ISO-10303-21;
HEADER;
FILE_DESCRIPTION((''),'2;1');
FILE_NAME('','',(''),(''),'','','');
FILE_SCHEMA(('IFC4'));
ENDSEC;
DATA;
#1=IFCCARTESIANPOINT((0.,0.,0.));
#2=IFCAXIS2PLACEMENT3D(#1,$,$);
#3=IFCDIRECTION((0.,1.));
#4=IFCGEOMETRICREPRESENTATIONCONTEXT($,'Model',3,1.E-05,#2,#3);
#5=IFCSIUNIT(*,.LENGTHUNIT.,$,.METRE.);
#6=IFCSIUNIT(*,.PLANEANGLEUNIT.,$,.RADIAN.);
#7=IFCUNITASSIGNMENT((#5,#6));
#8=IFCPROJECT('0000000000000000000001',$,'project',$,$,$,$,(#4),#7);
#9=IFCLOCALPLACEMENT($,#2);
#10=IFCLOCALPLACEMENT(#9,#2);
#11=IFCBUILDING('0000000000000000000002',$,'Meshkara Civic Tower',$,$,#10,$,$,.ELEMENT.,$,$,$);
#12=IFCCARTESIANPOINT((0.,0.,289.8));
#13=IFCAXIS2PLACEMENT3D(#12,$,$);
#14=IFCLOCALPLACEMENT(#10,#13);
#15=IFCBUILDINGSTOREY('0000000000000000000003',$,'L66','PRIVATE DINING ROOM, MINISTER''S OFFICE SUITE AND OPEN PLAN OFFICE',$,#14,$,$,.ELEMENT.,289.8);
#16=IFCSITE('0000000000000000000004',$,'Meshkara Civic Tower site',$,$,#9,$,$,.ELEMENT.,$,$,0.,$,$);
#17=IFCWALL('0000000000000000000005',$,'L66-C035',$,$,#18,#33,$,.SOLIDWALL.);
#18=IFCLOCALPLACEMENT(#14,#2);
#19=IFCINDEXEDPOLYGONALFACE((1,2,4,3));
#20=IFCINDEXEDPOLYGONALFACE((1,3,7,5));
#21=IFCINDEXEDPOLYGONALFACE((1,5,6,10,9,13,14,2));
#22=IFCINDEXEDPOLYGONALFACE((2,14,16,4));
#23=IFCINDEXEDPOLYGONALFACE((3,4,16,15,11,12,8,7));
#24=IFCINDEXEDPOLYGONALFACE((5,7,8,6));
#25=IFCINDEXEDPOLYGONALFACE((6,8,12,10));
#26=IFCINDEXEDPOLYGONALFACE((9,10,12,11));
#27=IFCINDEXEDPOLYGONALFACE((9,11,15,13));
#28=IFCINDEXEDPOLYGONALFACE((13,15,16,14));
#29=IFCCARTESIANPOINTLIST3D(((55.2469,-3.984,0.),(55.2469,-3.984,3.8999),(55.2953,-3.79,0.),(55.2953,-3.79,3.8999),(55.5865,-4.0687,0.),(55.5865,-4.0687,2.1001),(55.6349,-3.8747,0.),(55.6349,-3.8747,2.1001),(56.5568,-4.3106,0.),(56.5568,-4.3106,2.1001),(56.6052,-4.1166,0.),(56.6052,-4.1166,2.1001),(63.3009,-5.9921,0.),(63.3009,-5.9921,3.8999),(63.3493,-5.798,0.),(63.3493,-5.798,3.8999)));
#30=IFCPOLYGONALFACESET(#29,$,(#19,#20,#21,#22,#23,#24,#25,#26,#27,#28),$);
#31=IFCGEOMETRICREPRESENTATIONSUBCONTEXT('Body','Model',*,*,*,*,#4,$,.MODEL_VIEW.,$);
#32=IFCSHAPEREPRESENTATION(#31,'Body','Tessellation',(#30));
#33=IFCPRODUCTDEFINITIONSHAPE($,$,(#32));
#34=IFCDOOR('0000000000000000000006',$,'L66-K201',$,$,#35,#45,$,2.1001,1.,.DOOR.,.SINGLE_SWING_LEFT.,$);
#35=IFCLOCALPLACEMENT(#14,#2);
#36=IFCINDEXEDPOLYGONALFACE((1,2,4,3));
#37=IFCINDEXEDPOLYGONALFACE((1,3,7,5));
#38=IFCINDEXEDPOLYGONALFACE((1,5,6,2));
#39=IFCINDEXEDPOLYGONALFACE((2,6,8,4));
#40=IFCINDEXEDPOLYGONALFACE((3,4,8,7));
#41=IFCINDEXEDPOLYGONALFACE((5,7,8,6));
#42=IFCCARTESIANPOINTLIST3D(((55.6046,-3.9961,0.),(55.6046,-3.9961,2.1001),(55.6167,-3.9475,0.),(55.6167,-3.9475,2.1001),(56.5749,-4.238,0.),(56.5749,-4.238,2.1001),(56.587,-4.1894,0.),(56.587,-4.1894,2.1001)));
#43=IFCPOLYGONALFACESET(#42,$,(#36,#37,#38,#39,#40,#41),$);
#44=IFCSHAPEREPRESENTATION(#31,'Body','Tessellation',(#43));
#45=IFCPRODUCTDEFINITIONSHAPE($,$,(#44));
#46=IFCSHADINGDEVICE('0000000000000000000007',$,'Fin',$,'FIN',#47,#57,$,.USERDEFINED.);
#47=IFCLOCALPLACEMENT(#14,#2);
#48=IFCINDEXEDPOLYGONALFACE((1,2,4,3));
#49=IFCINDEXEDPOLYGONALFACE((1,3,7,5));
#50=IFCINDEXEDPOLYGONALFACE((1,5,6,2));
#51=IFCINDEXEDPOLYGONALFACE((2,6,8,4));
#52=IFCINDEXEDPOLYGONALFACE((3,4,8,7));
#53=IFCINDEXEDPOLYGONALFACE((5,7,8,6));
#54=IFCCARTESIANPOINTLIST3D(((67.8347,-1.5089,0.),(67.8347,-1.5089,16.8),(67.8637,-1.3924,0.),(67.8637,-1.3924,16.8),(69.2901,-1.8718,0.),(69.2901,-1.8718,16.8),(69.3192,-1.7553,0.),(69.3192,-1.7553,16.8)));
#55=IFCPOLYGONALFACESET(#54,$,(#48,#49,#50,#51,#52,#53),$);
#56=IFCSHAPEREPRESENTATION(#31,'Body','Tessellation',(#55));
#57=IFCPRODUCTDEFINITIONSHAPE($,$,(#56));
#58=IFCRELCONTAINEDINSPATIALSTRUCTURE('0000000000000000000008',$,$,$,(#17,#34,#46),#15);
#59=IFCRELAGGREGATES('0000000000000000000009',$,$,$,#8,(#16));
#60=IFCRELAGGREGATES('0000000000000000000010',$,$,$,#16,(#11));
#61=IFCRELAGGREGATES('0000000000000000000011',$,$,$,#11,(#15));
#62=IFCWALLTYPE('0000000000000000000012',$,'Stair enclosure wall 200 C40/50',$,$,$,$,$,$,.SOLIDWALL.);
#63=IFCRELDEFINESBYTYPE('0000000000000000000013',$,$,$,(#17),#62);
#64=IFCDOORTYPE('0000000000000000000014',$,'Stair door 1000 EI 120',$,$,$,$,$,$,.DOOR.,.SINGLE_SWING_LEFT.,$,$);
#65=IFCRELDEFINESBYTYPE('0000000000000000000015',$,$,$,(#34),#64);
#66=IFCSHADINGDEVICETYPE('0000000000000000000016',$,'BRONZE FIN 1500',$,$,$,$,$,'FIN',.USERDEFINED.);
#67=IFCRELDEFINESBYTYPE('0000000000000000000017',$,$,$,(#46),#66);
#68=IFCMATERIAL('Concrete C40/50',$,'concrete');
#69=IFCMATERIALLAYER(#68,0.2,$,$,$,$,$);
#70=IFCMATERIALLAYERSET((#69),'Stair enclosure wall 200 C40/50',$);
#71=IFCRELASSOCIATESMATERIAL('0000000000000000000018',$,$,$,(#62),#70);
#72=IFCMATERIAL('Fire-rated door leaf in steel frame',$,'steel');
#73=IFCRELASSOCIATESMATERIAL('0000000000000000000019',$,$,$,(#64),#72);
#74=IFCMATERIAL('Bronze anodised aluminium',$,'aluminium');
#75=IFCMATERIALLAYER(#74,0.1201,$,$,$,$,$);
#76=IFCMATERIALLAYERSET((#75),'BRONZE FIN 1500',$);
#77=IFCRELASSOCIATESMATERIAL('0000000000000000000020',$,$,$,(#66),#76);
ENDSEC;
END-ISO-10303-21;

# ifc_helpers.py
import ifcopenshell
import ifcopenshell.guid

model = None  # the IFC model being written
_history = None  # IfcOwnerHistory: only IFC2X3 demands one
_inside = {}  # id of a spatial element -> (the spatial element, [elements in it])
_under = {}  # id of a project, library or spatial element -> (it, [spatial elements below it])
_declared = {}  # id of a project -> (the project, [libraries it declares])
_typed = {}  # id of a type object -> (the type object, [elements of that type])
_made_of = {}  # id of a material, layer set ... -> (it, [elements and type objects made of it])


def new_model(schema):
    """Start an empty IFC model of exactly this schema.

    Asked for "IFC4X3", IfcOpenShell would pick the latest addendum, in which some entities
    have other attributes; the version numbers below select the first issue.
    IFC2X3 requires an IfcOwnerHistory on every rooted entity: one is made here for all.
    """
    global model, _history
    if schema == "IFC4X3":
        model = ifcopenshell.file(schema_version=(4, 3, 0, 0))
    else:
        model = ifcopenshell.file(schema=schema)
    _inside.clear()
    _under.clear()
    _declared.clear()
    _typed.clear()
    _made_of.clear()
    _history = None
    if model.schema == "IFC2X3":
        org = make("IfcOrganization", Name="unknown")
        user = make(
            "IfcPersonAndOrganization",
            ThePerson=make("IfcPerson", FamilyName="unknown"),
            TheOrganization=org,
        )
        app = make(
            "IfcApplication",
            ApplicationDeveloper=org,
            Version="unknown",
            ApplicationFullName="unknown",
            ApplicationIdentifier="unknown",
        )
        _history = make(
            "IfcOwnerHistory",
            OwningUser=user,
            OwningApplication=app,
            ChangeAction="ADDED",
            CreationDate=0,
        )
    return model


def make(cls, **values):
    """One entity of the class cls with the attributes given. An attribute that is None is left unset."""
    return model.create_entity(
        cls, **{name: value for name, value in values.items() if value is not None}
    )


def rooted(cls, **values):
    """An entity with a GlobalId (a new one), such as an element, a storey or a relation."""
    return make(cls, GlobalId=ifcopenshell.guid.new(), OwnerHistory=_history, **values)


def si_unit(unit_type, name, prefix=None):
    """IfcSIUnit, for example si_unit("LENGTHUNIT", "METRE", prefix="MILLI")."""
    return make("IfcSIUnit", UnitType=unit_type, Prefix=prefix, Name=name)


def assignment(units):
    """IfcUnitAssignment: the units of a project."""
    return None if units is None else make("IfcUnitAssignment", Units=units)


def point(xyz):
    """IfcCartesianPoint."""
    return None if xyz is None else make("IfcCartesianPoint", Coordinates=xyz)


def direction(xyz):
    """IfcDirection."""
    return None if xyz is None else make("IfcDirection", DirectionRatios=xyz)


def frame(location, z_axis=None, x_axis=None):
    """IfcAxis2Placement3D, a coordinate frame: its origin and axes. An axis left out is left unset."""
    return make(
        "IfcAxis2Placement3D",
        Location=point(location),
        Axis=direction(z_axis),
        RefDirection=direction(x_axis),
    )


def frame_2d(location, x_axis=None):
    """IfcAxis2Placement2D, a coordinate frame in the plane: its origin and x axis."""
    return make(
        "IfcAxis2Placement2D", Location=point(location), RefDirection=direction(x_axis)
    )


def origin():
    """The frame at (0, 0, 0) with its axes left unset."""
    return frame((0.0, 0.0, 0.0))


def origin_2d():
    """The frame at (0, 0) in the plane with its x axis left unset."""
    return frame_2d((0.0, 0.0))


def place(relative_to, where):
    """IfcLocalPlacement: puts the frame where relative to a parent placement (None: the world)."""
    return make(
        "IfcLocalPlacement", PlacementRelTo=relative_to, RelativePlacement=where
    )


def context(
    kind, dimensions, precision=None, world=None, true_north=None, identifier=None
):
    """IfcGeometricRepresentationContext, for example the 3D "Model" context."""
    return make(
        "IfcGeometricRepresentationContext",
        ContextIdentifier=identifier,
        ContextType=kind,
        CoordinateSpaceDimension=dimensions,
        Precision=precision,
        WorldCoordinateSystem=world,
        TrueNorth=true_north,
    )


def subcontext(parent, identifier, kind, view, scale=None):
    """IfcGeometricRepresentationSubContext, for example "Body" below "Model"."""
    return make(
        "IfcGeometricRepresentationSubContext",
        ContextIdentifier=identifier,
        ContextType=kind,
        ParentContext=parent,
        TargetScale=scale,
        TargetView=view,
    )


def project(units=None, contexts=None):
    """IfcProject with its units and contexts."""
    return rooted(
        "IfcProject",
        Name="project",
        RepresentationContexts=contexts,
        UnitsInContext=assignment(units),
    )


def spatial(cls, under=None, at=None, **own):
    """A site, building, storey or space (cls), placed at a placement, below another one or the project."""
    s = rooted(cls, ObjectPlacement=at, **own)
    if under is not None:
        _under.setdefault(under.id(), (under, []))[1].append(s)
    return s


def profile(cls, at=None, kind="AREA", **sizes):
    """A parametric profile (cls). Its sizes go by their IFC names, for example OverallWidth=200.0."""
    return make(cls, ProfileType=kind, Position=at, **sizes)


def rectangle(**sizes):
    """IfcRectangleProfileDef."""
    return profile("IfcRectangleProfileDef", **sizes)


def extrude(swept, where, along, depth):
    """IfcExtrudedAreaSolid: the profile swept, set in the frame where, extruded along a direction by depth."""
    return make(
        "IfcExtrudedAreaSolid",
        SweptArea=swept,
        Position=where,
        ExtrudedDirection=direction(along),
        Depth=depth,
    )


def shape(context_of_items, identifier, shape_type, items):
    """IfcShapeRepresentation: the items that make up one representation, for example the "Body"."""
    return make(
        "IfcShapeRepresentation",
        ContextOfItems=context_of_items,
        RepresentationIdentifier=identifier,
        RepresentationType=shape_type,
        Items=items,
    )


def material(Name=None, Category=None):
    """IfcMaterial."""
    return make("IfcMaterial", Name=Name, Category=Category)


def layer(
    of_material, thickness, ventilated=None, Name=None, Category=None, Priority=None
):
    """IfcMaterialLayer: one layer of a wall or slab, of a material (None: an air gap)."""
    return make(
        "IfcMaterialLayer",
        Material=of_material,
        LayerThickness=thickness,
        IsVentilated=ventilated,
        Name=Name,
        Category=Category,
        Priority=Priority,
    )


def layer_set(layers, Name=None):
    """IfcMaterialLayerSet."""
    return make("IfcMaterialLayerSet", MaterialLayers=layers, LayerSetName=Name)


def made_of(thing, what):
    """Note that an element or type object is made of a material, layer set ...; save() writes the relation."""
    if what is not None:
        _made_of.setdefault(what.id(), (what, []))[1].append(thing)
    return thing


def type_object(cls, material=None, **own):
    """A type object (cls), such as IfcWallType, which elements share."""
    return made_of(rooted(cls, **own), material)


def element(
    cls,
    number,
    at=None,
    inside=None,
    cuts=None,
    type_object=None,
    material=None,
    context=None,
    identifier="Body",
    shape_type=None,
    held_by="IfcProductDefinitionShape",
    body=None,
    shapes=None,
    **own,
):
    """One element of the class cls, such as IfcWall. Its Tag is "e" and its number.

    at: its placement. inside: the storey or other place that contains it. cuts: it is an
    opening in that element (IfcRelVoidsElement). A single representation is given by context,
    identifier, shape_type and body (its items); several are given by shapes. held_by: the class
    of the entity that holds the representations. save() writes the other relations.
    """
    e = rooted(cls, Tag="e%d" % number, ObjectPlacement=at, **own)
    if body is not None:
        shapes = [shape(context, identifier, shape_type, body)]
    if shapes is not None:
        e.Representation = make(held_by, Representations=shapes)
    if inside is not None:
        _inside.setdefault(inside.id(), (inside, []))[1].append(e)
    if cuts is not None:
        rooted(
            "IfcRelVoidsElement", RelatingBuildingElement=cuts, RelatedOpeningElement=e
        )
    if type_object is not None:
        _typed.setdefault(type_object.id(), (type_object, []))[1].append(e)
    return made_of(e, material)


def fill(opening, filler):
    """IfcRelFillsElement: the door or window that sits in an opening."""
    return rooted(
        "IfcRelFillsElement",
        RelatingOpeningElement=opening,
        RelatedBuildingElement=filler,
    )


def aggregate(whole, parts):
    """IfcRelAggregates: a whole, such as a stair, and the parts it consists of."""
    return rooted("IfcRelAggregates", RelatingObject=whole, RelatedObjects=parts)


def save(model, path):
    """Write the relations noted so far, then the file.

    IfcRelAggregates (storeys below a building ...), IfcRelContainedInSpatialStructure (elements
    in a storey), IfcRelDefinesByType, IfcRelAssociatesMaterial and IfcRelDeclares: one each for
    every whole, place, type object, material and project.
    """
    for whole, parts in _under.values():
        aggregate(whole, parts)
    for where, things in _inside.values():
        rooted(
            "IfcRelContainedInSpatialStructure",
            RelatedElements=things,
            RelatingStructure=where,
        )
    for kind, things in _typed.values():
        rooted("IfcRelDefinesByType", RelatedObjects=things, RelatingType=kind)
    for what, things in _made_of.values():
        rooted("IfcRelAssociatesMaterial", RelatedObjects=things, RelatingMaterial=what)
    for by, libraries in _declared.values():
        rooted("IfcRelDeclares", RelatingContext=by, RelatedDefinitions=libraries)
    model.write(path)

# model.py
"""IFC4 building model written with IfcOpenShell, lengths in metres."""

from ifc_helpers import new_model, si_unit, direction, frame, frame_2d, origin, origin_2d, place, context, subcontext, project, spatial, rectangle, extrude, material, layer, layer_set, type_object, element, fill, save


model = new_model("IFC4")

# Units and contexts
model_context = context("Model", 3, precision=1e-05, world=origin(), true_north=direction((0.0, 1.0)))
body_context = subcontext(model_context, "Body", "Model", "MODEL_VIEW")
ifc_project = project(units=[si_unit("LENGTHUNIT", "METRE"), si_unit("PLANEANGLEUNIT", "RADIAN")], contexts=[model_context])

# Site, building, storey
site_placement = place(None, origin())
site = spatial("IfcSite", under=ifc_project, at=site_placement, Name="Meshkara Civic Tower site", CompositionType="ELEMENT", RefElevation=0.0)
building_placement = place(site_placement, origin())
building = spatial("IfcBuilding", under=site, at=building_placement, Name="Meshkara Civic Tower", CompositionType="ELEMENT")
storey_placement = place(building_placement, frame((0.0, 0.0, 289.8)))
storey = spatial("IfcBuildingStorey", under=building, at=storey_placement, Name="L66", Description="PRIVATE DINING ROOM, MINISTER'S OFFICE SUITE AND OPEN PLAN OFFICE", CompositionType="ELEMENT", Elevation=289.8)

# Wall, opening, door
ifc_material_1 = material(Name="Concrete C40/50", Category="concrete")
ifc_layer_1 = layer(ifc_material_1, 0.2)
ifc_layer_set_1 = layer_set([ifc_layer_1], Name="Stair enclosure wall 200 C40/50")
wall_type_1 = type_object("IfcWallType", Name="Stair enclosure wall 200 C40/50", PredefinedType="SOLIDWALL", material=ifc_layer_set_1)
wall_1_placement = place(storey_placement, frame((55.271, -3.887, 0.0), z_axis=(0.0, 0.0, 1.0), x_axis=(0.970296, -0.24192, 0.0)))
wall_1 = element("IfcWall", 1, at=wall_1_placement, inside=storey, type_object=wall_type_1, Name="L66-C035", PredefinedType="SOLIDWALL", context=body_context, shape_type="SweptSolid", body=[
    extrude(rectangle(XDim=8.3005, YDim=0.2, at=frame_2d((4.1504, 0.0))), origin(), (0.0, 0.0, 1.0), 3.8999),
])
opening_1_placement = place(wall_1_placement, frame((0.3501, 0.0, 0.0)))
opening_1 = element("IfcOpeningElement", 2, at=opening_1_placement, cuts=wall_1, PredefinedType="OPENING", context=body_context, shape_type="SweptSolid", body=[
    extrude(rectangle(XDim=1.0, YDim=2.1001, at=frame_2d((0.5, 1.05))), frame((0.0, 0.1099, 0.0), z_axis=(0.0, -1.0, 0.0), x_axis=(1.0, 0.0, 0.0)), (0.0, 0.0, 1.0), 0.22),
])
ifc_material_2 = material(Name="Fire-rated door leaf in steel frame", Category="steel")
door_type_1 = type_object("IfcDoorType", Name="Stair door 1000 EI 120", OperationType="SINGLE_SWING_LEFT", PredefinedType="DOOR", material=ifc_material_2)
door_1_placement = place(opening_1_placement, origin())
door_1 = element("IfcDoor", 3, at=door_1_placement, inside=storey, type_object=door_type_1, Name="L66-K201", OperationType="SINGLE_SWING_LEFT", OverallHeight=2.1001, OverallWidth=1.0, PredefinedType="DOOR", context=body_context, shape_type="SweptSolid", body=[
    extrude(rectangle(XDim=1.0, YDim=2.1001, at=frame_2d((0.5, 1.05))), frame((0.0, 0.0249, 0.0), z_axis=(0.0, -1.0, 0.0), x_axis=(1.0, 0.0, 0.0)), (0.0, 0.0, 1.0), 0.05),
])
fill(opening_1, door_1)

# Shading device
ifc_material_3 = material(Name="Bronze anodised aluminium", Category="aluminium")
ifc_layer_2 = layer(ifc_material_3, 0.1201)
ifc_layer_set_2 = layer_set([ifc_layer_2], Name="BRONZE FIN 1500")
shading_device_type = type_object("IfcShadingDeviceType", Name="BRONZE FIN 1500", ElementType="FIN", PredefinedType="USERDEFINED", material=ifc_layer_set_2)
shading_device_placement = place(storey_placement, frame((68.5769, -1.6321, 0.0), z_axis=(0.0, 0.0, 1.0), x_axis=(0.241939, 0.970292, 0.0)))
element("IfcShadingDevice", 4, at=shading_device_placement, inside=storey, type_object=shading_device_type, Name="Fin", ObjectType="FIN", PredefinedType="USERDEFINED", context=body_context, shape_type="SweptSolid", body=[
    extrude(rectangle(XDim=0.1201, YDim=1.5, at=origin_2d()), origin(), (0.0, 0.0, 1.0), 16.8),
])

save(model, "model.ifc")
